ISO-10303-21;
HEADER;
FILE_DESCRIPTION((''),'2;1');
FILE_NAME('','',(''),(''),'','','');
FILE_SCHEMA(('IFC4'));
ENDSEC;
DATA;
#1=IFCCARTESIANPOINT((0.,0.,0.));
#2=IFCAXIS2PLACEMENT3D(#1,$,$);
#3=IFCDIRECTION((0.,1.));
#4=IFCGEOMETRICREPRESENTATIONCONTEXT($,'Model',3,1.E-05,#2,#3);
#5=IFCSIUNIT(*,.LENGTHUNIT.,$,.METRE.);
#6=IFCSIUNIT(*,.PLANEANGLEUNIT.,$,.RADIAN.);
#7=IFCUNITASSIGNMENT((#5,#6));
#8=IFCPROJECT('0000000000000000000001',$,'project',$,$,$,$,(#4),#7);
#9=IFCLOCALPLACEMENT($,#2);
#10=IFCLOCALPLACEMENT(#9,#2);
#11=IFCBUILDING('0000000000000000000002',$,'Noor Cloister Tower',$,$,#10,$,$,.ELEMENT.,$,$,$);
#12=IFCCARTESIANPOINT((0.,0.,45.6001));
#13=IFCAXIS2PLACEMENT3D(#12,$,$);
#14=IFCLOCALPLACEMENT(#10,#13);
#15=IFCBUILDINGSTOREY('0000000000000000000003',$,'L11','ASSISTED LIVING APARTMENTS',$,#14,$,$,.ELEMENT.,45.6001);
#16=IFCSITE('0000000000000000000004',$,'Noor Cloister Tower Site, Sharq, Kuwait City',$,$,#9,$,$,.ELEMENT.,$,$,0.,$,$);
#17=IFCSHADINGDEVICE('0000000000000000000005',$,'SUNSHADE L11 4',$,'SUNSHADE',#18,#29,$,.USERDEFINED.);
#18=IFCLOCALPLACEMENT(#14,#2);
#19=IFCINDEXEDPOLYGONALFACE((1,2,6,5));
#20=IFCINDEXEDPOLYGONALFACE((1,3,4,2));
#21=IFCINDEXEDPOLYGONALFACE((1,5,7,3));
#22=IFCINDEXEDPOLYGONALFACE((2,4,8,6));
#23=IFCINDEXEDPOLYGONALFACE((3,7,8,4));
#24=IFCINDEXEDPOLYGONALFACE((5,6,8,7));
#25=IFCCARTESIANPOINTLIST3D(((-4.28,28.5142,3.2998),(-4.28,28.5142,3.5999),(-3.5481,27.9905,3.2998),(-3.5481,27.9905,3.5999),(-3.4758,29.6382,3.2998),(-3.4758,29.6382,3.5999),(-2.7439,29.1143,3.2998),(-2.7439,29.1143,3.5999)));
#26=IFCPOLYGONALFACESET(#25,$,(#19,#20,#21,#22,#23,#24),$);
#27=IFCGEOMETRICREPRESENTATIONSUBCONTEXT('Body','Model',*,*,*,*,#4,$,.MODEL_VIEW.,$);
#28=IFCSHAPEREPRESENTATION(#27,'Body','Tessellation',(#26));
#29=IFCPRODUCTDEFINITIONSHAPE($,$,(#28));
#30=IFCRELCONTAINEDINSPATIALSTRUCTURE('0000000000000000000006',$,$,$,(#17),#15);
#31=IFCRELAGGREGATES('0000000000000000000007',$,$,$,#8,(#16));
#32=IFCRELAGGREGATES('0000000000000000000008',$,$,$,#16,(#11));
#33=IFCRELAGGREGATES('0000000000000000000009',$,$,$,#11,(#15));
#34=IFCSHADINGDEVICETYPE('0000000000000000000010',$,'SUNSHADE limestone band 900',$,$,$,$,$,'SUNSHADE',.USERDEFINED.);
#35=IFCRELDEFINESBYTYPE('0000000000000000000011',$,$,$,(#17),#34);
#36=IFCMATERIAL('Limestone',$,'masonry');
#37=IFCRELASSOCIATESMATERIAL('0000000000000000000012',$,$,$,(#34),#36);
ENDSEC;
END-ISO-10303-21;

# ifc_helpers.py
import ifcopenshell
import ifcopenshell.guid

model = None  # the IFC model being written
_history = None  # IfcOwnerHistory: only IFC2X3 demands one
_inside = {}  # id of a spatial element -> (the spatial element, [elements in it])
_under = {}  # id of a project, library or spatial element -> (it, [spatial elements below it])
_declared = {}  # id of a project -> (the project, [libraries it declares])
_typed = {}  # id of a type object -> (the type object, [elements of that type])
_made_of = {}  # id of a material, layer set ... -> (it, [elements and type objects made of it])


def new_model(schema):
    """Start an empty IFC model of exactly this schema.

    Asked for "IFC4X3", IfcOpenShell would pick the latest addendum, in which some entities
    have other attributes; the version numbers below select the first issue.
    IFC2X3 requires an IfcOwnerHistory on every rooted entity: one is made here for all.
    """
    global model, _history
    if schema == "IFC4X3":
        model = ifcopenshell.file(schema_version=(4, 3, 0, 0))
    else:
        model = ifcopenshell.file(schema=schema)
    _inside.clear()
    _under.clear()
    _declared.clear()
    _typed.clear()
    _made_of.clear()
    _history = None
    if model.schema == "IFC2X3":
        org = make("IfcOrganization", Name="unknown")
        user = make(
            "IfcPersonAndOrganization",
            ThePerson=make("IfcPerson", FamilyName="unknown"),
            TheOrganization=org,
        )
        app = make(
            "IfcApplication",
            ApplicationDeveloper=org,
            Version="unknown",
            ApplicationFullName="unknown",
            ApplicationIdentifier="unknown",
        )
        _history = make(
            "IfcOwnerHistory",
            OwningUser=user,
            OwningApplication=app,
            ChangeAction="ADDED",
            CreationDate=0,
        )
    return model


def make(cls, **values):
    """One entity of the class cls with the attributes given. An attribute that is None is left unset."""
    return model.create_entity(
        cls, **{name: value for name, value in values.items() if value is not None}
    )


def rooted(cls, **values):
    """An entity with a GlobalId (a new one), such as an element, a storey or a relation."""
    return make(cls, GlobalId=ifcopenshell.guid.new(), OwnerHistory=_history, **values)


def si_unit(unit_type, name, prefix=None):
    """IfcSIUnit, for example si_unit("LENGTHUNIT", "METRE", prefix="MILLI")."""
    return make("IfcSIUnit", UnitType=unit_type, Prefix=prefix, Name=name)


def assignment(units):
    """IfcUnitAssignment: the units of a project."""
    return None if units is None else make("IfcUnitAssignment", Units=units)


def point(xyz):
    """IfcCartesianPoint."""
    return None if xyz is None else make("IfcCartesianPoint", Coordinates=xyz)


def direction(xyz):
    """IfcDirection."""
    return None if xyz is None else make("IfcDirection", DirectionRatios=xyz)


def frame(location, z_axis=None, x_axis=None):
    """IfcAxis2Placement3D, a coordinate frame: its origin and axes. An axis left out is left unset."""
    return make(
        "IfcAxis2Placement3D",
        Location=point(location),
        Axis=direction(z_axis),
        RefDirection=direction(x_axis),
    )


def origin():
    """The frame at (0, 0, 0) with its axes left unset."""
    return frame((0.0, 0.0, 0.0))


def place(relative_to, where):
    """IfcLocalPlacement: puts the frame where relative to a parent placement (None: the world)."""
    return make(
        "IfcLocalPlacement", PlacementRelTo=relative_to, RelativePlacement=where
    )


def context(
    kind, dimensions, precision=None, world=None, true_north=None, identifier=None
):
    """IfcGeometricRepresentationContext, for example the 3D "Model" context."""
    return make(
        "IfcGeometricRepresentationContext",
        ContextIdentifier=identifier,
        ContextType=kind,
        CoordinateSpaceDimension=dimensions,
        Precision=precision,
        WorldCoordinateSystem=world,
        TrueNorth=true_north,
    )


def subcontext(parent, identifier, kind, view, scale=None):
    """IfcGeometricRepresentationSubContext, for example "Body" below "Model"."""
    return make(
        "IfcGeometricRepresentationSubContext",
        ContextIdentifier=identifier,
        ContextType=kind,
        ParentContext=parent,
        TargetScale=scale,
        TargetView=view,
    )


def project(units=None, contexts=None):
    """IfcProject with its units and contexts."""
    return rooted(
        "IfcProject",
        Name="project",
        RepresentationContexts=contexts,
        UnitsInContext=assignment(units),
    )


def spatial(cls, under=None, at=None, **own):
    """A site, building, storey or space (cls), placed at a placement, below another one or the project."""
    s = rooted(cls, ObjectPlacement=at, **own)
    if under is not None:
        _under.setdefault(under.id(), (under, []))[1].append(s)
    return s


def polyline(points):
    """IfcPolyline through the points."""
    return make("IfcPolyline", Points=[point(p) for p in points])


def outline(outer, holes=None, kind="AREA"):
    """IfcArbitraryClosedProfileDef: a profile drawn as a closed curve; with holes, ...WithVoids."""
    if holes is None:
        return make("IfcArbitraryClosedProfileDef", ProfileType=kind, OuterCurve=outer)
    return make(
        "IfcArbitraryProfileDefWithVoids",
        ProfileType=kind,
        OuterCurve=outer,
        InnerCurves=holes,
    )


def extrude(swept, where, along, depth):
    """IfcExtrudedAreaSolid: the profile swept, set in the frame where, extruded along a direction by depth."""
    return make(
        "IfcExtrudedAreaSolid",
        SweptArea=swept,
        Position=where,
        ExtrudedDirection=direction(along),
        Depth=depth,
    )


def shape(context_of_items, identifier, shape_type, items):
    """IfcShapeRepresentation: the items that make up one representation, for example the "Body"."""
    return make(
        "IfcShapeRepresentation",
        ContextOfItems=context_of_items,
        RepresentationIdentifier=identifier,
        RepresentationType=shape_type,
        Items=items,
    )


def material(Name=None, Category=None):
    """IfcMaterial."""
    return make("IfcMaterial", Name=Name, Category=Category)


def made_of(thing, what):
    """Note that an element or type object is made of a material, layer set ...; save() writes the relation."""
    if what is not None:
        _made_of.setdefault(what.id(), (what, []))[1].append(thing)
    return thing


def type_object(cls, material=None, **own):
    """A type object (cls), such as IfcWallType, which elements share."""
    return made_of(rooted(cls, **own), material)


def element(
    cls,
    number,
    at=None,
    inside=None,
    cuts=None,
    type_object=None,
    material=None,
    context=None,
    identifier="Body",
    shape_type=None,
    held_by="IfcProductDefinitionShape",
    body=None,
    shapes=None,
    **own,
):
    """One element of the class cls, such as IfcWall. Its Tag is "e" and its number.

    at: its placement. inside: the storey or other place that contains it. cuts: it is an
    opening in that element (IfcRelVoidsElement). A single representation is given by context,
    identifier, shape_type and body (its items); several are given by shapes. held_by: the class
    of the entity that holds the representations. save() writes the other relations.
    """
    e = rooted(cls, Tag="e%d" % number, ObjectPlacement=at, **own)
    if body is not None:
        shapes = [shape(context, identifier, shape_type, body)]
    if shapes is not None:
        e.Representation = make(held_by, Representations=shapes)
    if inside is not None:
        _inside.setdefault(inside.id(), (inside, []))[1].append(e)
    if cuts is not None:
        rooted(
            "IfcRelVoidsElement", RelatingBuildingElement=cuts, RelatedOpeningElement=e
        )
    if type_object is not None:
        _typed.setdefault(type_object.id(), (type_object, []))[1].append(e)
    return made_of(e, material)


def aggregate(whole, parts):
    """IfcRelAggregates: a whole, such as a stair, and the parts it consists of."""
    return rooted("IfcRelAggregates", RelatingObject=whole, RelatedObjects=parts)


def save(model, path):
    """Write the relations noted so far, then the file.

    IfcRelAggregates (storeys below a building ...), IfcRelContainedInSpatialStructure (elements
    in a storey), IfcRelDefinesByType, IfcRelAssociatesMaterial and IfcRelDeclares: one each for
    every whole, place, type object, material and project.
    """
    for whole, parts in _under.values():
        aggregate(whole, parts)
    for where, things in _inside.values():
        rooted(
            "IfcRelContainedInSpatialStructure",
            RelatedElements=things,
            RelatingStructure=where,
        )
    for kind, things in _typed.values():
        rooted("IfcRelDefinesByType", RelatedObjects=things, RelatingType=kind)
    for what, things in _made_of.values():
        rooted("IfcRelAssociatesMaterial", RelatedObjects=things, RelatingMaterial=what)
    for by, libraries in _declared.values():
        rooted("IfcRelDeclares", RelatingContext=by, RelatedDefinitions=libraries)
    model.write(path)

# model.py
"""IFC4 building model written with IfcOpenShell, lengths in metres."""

from ifc_helpers import new_model, si_unit, direction, frame, origin, place, context, subcontext, project, spatial, polyline, outline, extrude, material, type_object, element, save


model = new_model("IFC4")

# Units and contexts
model_context = context("Model", 3, precision=1e-05, world=origin(), true_north=direction((0.0, 1.0)))
body_context = subcontext(model_context, "Body", "Model", "MODEL_VIEW")
ifc_project = project(units=[si_unit("LENGTHUNIT", "METRE"), si_unit("PLANEANGLEUNIT", "RADIAN")], contexts=[model_context])

# Site, building, storey
site_placement = place(None, origin())
site = spatial("IfcSite", under=ifc_project, at=site_placement, Name="Noor Cloister Tower Site, Sharq, Kuwait City", CompositionType="ELEMENT", RefElevation=0.0)
building_placement = place(site_placement, origin())
building = spatial("IfcBuilding", under=site, at=building_placement, Name="Noor Cloister Tower", CompositionType="ELEMENT")
storey_placement = place(building_placement, frame((0.0, 0.0, 45.6001)))
storey = spatial("IfcBuildingStorey", under=building, at=storey_placement, Name="L11", Description="ASSISTED LIVING APARTMENTS", CompositionType="ELEMENT", Elevation=45.6001)

# Shading device
ifc_material_1 = material(Name="Limestone", Category="masonry")
shading_device_type = type_object("IfcShadingDeviceType", Name="SUNSHADE limestone band 900", ElementType="SUNSHADE", PredefinedType="USERDEFINED", material=ifc_material_1)
shading_device_1_placement = place(storey_placement, frame((0.0, 0.0, 3.2998)))
element("IfcShadingDevice", 1, at=shading_device_1_placement, inside=storey, type_object=shading_device_type, Name="SUNSHADE L11 4", ObjectType="SUNSHADE", PredefinedType="USERDEFINED", context=body_context, shape_type="SweptSolid", body=[
    extrude(outline(polyline([(-3.4758, 29.6382), (-4.28, 28.5142), (-3.5481, 27.9905), (-2.7439, 29.1143), (-3.4758, 29.6382)])), origin(), (0.0, 0.0, 1.0), 0.3),
])

save(model, "model.ifc")
